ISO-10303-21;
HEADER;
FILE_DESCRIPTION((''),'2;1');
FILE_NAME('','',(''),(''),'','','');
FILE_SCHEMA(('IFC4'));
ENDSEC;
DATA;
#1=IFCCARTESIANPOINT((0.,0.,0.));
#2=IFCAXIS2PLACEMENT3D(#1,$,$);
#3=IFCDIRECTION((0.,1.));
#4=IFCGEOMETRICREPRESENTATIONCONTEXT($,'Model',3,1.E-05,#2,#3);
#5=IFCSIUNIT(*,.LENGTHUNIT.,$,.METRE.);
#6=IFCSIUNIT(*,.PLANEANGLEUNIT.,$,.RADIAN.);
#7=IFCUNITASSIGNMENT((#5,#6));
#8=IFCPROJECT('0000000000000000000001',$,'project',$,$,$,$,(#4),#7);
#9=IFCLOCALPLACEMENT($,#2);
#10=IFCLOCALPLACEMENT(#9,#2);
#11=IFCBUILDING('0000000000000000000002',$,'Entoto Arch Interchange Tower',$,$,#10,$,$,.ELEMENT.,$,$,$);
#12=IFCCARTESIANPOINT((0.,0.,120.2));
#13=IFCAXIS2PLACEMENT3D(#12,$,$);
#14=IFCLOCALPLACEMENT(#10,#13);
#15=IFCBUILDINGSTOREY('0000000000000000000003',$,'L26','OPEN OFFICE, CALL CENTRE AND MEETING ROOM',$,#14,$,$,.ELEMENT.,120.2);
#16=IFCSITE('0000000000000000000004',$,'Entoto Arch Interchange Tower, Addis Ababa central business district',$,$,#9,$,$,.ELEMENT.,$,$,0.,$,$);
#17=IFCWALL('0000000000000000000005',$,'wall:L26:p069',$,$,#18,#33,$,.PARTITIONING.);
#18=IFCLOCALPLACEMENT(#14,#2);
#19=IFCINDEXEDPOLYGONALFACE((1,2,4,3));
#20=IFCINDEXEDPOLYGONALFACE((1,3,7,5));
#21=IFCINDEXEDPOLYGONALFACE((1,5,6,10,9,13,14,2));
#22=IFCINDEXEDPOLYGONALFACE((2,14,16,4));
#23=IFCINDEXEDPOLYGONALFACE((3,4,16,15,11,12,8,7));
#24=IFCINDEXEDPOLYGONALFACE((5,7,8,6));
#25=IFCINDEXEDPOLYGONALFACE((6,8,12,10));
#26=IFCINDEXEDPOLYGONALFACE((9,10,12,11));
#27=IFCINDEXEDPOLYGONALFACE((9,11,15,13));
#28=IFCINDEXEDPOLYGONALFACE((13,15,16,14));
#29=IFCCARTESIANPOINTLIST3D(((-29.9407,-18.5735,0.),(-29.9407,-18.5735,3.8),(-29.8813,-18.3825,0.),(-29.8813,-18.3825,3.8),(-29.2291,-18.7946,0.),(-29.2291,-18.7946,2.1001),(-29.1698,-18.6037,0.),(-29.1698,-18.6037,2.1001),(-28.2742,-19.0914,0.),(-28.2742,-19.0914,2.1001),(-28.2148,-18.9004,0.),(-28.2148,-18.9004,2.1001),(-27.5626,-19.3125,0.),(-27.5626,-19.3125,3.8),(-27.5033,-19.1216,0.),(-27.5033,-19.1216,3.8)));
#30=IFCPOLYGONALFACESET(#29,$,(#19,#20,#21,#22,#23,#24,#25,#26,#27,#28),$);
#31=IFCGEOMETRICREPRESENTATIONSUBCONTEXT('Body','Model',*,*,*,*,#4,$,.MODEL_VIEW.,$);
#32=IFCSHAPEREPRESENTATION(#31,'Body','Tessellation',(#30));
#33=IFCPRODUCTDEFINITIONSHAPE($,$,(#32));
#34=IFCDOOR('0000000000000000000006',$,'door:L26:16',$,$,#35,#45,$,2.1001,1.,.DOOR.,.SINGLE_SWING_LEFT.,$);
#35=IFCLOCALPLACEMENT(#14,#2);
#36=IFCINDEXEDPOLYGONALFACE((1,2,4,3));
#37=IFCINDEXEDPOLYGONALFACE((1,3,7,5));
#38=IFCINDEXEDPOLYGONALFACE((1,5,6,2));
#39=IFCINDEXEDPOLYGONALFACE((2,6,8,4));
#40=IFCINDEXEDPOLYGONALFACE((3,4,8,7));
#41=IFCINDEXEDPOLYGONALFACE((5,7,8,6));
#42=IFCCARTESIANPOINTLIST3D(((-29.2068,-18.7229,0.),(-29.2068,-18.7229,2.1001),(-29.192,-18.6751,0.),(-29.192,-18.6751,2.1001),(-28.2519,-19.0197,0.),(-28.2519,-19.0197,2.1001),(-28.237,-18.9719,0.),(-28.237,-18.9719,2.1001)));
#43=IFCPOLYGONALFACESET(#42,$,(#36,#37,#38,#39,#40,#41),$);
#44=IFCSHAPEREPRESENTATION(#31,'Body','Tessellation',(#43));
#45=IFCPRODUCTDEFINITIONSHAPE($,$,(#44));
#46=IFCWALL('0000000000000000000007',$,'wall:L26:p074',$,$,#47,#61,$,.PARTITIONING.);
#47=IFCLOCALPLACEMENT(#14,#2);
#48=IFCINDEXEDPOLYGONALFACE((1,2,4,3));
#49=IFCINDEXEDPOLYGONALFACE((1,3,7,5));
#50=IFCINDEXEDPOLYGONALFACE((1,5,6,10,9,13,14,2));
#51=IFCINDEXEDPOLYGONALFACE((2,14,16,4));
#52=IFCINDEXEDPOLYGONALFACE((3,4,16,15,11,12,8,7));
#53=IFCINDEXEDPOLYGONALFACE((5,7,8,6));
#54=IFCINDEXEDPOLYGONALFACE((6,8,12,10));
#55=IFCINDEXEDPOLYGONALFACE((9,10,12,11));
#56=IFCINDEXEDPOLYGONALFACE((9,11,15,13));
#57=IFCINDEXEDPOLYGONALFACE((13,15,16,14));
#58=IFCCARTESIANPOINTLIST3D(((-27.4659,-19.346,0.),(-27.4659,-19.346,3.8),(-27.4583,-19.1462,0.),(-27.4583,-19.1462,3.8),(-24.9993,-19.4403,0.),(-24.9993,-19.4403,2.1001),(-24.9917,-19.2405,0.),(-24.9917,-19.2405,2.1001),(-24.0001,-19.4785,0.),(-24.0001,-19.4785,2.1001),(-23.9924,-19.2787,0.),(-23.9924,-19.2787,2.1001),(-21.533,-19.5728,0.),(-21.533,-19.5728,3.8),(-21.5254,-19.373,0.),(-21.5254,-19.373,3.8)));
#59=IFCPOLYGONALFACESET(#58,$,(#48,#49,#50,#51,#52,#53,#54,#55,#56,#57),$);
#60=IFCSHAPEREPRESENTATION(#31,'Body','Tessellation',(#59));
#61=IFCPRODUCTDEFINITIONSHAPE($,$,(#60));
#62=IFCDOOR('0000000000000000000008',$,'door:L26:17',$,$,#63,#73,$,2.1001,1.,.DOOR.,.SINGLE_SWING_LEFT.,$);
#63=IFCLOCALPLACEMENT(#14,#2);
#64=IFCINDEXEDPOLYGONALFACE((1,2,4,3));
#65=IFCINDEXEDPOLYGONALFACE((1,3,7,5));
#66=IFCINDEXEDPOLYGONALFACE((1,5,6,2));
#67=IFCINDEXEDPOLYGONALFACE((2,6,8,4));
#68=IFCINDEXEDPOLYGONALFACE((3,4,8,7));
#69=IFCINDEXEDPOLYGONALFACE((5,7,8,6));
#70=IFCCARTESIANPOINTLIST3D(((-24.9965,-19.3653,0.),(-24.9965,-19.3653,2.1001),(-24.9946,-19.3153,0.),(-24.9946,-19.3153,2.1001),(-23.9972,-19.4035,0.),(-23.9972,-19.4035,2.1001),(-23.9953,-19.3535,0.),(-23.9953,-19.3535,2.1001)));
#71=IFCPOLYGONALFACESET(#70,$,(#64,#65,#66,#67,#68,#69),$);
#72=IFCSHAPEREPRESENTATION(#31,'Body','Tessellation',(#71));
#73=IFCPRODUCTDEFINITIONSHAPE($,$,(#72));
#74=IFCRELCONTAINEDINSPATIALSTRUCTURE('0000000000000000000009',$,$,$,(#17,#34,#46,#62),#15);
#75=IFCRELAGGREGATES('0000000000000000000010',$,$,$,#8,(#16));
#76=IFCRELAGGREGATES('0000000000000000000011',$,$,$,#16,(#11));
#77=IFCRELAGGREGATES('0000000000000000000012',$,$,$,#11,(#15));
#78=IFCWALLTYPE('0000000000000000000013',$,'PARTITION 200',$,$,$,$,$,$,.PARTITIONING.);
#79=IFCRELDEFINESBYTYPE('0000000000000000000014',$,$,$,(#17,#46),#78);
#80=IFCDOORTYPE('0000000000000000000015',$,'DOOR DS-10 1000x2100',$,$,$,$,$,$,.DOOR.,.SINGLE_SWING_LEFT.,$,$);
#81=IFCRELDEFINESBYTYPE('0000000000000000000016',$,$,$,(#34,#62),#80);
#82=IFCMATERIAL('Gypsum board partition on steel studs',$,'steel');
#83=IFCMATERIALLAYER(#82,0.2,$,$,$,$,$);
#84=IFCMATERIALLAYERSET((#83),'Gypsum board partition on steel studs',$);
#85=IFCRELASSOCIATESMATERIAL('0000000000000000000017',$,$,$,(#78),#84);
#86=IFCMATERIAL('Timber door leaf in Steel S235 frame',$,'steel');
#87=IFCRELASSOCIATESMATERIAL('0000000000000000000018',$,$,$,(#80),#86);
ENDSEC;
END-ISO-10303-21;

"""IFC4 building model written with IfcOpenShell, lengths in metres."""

from ifc_helpers import new_model, si_unit, direction, frame, frame_2d, origin, place, context, subcontext, project, spatial, rectangle, extrude, material, layer, layer_set, type_object, element, fill, save


model = new_model("IFC4")

# Units and contexts
model_context = context("Model", 3, precision=1e-05, world=origin(), true_north=direction((0.0, 1.0)))
body_context = subcontext(model_context, "Body", "Model", "MODEL_VIEW")
ifc_project = project(units=[si_unit("LENGTHUNIT", "METRE"), si_unit("PLANEANGLEUNIT", "RADIAN")], contexts=[model_context])

# Site, building, storey
site_placement = place(None, origin())
site = spatial("IfcSite", under=ifc_project, at=site_placement, Name="Entoto Arch Interchange Tower, Addis Ababa central business district", CompositionType="ELEMENT", RefElevation=0.0)
building_placement = place(site_placement, origin())
building = spatial("IfcBuilding", under=site, at=building_placement, Name="Entoto Arch Interchange Tower", CompositionType="ELEMENT")
storey_placement = place(building_placement, frame((0.0, 0.0, 120.2)))
storey = spatial("IfcBuildingStorey", under=building, at=storey_placement, Name="L26", Description="OPEN OFFICE, CALL CENTRE AND MEETING ROOM", CompositionType="ELEMENT", Elevation=120.2)

# Shared definitions
ifc_material_1 = material(Name="Gypsum board partition on steel studs", Category="steel")

# Shared definitions
ifc_layer_1 = layer(ifc_material_1, 0.2)
ifc_layer_set_1 = layer_set([ifc_layer_1], Name="Gypsum board partition on steel studs")
wall_type_1 = type_object("IfcWallType", Name="PARTITION 200", PredefinedType="PARTITIONING", material=ifc_layer_set_1)
ifc_material_2 = material(Name="Timber door leaf in Steel S235 frame", Category="steel")

# Shared definitions
door_type_1 = type_object("IfcDoorType", Name="DOOR DS-10 1000x2100", OperationType="SINGLE_SWING_LEFT", PredefinedType="DOOR", material=ifc_material_2)

# Walls, openings, doors
wall_1_placement = place(storey_placement, frame((-27.533, -19.217, 0.0), z_axis=(0.0, 0.0, 1.0), x_axis=(-0.954946, 0.296778, 0.0)))
wall_1 = element("IfcWall", 1, at=wall_1_placement, inside=storey, type_object=wall_type_1, Name="wall:L26:p069", PredefinedType="PARTITIONING", context=body_context, shape_type="SweptSolid", body=[
    extrude(rectangle(XDim=2.4902, YDim=0.2, at=frame_2d((1.2451, 0.0))), origin(), (0.0, 0.0, 1.0), 3.8),
])
opening_1_placement = place(wall_1_placement, frame((0.7451, 0.0, 0.0)))
opening_1 = element("IfcOpeningElement", 2, at=opening_1_placement, cuts=wall_1, PredefinedType="OPENING", context=body_context, shape_type="SweptSolid", body=[
    extrude(rectangle(XDim=1.0, YDim=2.1001, at=frame_2d((0.5, 1.05))), frame((0.0, 0.1099, 0.0), z_axis=(0.0, -1.0, 0.0), x_axis=(1.0, 0.0, 0.0)), (0.0, 0.0, 1.0), 0.22),
])
door_1_placement = place(opening_1_placement, origin())
door_1 = element("IfcDoor", 3, at=door_1_placement, inside=storey, type_object=door_type_1, Name="door:L26:16", OperationType="SINGLE_SWING_LEFT", OverallHeight=2.1001, OverallWidth=1.0, PredefinedType="DOOR", context=body_context, shape_type="SweptSolid", body=[
    extrude(rectangle(XDim=1.0, YDim=2.1001, at=frame_2d((0.5, 1.05))), frame((0.0, 0.0249, 0.0), z_axis=(0.0, -1.0, 0.0), x_axis=(1.0, 0.0, 0.0)), (0.0, 0.0, 1.0), 0.05),
])
fill(opening_1, door_1)
wall_2_placement = place(storey_placement, frame((-21.5291, -19.4729, 0.0), z_axis=(0.0, 0.0, 1.0), x_axis=(-0.99927, 0.038201, 0.0)))
wall_2 = element("IfcWall", 4, at=wall_2_placement, inside=storey, type_object=wall_type_1, Name="wall:L26:p074", PredefinedType="PARTITIONING", context=body_context, shape_type="SweptSolid", body=[
    extrude(rectangle(XDim=5.9373, YDim=0.2, at=frame_2d((2.9688, 0.0))), origin(), (0.0, 0.0, 1.0), 3.8),
])
opening_2_placement = place(wall_2_placement, frame((2.469, 0.0, 0.0)))
opening_2 = element("IfcOpeningElement", 5, at=opening_2_placement, cuts=wall_2, PredefinedType="OPENING", context=body_context, shape_type="SweptSolid", body=[
    extrude(rectangle(XDim=1.0, YDim=2.1001, at=frame_2d((0.5, 1.05))), frame((0.0, 0.1099, 0.0), z_axis=(0.0, -1.0, 0.0), x_axis=(1.0, 0.0, 0.0)), (0.0, 0.0, 1.0), 0.22),
])
door_2_placement = place(opening_2_placement, origin())
door_2 = element("IfcDoor", 6, at=door_2_placement, inside=storey, type_object=door_type_1, Name="door:L26:17", OperationType="SINGLE_SWING_LEFT", OverallHeight=2.1001, OverallWidth=1.0, PredefinedType="DOOR", context=body_context, shape_type="SweptSolid", body=[
    extrude(rectangle(XDim=1.0, YDim=2.1001, at=frame_2d((0.5, 1.05))), frame((0.0, 0.0249, 0.0), z_axis=(0.0, -1.0, 0.0), x_axis=(1.0, 0.0, 0.0)), (0.0, 0.0, 1.0), 0.05),
])
fill(opening_2, door_2)

save(model, "model.ifc")
